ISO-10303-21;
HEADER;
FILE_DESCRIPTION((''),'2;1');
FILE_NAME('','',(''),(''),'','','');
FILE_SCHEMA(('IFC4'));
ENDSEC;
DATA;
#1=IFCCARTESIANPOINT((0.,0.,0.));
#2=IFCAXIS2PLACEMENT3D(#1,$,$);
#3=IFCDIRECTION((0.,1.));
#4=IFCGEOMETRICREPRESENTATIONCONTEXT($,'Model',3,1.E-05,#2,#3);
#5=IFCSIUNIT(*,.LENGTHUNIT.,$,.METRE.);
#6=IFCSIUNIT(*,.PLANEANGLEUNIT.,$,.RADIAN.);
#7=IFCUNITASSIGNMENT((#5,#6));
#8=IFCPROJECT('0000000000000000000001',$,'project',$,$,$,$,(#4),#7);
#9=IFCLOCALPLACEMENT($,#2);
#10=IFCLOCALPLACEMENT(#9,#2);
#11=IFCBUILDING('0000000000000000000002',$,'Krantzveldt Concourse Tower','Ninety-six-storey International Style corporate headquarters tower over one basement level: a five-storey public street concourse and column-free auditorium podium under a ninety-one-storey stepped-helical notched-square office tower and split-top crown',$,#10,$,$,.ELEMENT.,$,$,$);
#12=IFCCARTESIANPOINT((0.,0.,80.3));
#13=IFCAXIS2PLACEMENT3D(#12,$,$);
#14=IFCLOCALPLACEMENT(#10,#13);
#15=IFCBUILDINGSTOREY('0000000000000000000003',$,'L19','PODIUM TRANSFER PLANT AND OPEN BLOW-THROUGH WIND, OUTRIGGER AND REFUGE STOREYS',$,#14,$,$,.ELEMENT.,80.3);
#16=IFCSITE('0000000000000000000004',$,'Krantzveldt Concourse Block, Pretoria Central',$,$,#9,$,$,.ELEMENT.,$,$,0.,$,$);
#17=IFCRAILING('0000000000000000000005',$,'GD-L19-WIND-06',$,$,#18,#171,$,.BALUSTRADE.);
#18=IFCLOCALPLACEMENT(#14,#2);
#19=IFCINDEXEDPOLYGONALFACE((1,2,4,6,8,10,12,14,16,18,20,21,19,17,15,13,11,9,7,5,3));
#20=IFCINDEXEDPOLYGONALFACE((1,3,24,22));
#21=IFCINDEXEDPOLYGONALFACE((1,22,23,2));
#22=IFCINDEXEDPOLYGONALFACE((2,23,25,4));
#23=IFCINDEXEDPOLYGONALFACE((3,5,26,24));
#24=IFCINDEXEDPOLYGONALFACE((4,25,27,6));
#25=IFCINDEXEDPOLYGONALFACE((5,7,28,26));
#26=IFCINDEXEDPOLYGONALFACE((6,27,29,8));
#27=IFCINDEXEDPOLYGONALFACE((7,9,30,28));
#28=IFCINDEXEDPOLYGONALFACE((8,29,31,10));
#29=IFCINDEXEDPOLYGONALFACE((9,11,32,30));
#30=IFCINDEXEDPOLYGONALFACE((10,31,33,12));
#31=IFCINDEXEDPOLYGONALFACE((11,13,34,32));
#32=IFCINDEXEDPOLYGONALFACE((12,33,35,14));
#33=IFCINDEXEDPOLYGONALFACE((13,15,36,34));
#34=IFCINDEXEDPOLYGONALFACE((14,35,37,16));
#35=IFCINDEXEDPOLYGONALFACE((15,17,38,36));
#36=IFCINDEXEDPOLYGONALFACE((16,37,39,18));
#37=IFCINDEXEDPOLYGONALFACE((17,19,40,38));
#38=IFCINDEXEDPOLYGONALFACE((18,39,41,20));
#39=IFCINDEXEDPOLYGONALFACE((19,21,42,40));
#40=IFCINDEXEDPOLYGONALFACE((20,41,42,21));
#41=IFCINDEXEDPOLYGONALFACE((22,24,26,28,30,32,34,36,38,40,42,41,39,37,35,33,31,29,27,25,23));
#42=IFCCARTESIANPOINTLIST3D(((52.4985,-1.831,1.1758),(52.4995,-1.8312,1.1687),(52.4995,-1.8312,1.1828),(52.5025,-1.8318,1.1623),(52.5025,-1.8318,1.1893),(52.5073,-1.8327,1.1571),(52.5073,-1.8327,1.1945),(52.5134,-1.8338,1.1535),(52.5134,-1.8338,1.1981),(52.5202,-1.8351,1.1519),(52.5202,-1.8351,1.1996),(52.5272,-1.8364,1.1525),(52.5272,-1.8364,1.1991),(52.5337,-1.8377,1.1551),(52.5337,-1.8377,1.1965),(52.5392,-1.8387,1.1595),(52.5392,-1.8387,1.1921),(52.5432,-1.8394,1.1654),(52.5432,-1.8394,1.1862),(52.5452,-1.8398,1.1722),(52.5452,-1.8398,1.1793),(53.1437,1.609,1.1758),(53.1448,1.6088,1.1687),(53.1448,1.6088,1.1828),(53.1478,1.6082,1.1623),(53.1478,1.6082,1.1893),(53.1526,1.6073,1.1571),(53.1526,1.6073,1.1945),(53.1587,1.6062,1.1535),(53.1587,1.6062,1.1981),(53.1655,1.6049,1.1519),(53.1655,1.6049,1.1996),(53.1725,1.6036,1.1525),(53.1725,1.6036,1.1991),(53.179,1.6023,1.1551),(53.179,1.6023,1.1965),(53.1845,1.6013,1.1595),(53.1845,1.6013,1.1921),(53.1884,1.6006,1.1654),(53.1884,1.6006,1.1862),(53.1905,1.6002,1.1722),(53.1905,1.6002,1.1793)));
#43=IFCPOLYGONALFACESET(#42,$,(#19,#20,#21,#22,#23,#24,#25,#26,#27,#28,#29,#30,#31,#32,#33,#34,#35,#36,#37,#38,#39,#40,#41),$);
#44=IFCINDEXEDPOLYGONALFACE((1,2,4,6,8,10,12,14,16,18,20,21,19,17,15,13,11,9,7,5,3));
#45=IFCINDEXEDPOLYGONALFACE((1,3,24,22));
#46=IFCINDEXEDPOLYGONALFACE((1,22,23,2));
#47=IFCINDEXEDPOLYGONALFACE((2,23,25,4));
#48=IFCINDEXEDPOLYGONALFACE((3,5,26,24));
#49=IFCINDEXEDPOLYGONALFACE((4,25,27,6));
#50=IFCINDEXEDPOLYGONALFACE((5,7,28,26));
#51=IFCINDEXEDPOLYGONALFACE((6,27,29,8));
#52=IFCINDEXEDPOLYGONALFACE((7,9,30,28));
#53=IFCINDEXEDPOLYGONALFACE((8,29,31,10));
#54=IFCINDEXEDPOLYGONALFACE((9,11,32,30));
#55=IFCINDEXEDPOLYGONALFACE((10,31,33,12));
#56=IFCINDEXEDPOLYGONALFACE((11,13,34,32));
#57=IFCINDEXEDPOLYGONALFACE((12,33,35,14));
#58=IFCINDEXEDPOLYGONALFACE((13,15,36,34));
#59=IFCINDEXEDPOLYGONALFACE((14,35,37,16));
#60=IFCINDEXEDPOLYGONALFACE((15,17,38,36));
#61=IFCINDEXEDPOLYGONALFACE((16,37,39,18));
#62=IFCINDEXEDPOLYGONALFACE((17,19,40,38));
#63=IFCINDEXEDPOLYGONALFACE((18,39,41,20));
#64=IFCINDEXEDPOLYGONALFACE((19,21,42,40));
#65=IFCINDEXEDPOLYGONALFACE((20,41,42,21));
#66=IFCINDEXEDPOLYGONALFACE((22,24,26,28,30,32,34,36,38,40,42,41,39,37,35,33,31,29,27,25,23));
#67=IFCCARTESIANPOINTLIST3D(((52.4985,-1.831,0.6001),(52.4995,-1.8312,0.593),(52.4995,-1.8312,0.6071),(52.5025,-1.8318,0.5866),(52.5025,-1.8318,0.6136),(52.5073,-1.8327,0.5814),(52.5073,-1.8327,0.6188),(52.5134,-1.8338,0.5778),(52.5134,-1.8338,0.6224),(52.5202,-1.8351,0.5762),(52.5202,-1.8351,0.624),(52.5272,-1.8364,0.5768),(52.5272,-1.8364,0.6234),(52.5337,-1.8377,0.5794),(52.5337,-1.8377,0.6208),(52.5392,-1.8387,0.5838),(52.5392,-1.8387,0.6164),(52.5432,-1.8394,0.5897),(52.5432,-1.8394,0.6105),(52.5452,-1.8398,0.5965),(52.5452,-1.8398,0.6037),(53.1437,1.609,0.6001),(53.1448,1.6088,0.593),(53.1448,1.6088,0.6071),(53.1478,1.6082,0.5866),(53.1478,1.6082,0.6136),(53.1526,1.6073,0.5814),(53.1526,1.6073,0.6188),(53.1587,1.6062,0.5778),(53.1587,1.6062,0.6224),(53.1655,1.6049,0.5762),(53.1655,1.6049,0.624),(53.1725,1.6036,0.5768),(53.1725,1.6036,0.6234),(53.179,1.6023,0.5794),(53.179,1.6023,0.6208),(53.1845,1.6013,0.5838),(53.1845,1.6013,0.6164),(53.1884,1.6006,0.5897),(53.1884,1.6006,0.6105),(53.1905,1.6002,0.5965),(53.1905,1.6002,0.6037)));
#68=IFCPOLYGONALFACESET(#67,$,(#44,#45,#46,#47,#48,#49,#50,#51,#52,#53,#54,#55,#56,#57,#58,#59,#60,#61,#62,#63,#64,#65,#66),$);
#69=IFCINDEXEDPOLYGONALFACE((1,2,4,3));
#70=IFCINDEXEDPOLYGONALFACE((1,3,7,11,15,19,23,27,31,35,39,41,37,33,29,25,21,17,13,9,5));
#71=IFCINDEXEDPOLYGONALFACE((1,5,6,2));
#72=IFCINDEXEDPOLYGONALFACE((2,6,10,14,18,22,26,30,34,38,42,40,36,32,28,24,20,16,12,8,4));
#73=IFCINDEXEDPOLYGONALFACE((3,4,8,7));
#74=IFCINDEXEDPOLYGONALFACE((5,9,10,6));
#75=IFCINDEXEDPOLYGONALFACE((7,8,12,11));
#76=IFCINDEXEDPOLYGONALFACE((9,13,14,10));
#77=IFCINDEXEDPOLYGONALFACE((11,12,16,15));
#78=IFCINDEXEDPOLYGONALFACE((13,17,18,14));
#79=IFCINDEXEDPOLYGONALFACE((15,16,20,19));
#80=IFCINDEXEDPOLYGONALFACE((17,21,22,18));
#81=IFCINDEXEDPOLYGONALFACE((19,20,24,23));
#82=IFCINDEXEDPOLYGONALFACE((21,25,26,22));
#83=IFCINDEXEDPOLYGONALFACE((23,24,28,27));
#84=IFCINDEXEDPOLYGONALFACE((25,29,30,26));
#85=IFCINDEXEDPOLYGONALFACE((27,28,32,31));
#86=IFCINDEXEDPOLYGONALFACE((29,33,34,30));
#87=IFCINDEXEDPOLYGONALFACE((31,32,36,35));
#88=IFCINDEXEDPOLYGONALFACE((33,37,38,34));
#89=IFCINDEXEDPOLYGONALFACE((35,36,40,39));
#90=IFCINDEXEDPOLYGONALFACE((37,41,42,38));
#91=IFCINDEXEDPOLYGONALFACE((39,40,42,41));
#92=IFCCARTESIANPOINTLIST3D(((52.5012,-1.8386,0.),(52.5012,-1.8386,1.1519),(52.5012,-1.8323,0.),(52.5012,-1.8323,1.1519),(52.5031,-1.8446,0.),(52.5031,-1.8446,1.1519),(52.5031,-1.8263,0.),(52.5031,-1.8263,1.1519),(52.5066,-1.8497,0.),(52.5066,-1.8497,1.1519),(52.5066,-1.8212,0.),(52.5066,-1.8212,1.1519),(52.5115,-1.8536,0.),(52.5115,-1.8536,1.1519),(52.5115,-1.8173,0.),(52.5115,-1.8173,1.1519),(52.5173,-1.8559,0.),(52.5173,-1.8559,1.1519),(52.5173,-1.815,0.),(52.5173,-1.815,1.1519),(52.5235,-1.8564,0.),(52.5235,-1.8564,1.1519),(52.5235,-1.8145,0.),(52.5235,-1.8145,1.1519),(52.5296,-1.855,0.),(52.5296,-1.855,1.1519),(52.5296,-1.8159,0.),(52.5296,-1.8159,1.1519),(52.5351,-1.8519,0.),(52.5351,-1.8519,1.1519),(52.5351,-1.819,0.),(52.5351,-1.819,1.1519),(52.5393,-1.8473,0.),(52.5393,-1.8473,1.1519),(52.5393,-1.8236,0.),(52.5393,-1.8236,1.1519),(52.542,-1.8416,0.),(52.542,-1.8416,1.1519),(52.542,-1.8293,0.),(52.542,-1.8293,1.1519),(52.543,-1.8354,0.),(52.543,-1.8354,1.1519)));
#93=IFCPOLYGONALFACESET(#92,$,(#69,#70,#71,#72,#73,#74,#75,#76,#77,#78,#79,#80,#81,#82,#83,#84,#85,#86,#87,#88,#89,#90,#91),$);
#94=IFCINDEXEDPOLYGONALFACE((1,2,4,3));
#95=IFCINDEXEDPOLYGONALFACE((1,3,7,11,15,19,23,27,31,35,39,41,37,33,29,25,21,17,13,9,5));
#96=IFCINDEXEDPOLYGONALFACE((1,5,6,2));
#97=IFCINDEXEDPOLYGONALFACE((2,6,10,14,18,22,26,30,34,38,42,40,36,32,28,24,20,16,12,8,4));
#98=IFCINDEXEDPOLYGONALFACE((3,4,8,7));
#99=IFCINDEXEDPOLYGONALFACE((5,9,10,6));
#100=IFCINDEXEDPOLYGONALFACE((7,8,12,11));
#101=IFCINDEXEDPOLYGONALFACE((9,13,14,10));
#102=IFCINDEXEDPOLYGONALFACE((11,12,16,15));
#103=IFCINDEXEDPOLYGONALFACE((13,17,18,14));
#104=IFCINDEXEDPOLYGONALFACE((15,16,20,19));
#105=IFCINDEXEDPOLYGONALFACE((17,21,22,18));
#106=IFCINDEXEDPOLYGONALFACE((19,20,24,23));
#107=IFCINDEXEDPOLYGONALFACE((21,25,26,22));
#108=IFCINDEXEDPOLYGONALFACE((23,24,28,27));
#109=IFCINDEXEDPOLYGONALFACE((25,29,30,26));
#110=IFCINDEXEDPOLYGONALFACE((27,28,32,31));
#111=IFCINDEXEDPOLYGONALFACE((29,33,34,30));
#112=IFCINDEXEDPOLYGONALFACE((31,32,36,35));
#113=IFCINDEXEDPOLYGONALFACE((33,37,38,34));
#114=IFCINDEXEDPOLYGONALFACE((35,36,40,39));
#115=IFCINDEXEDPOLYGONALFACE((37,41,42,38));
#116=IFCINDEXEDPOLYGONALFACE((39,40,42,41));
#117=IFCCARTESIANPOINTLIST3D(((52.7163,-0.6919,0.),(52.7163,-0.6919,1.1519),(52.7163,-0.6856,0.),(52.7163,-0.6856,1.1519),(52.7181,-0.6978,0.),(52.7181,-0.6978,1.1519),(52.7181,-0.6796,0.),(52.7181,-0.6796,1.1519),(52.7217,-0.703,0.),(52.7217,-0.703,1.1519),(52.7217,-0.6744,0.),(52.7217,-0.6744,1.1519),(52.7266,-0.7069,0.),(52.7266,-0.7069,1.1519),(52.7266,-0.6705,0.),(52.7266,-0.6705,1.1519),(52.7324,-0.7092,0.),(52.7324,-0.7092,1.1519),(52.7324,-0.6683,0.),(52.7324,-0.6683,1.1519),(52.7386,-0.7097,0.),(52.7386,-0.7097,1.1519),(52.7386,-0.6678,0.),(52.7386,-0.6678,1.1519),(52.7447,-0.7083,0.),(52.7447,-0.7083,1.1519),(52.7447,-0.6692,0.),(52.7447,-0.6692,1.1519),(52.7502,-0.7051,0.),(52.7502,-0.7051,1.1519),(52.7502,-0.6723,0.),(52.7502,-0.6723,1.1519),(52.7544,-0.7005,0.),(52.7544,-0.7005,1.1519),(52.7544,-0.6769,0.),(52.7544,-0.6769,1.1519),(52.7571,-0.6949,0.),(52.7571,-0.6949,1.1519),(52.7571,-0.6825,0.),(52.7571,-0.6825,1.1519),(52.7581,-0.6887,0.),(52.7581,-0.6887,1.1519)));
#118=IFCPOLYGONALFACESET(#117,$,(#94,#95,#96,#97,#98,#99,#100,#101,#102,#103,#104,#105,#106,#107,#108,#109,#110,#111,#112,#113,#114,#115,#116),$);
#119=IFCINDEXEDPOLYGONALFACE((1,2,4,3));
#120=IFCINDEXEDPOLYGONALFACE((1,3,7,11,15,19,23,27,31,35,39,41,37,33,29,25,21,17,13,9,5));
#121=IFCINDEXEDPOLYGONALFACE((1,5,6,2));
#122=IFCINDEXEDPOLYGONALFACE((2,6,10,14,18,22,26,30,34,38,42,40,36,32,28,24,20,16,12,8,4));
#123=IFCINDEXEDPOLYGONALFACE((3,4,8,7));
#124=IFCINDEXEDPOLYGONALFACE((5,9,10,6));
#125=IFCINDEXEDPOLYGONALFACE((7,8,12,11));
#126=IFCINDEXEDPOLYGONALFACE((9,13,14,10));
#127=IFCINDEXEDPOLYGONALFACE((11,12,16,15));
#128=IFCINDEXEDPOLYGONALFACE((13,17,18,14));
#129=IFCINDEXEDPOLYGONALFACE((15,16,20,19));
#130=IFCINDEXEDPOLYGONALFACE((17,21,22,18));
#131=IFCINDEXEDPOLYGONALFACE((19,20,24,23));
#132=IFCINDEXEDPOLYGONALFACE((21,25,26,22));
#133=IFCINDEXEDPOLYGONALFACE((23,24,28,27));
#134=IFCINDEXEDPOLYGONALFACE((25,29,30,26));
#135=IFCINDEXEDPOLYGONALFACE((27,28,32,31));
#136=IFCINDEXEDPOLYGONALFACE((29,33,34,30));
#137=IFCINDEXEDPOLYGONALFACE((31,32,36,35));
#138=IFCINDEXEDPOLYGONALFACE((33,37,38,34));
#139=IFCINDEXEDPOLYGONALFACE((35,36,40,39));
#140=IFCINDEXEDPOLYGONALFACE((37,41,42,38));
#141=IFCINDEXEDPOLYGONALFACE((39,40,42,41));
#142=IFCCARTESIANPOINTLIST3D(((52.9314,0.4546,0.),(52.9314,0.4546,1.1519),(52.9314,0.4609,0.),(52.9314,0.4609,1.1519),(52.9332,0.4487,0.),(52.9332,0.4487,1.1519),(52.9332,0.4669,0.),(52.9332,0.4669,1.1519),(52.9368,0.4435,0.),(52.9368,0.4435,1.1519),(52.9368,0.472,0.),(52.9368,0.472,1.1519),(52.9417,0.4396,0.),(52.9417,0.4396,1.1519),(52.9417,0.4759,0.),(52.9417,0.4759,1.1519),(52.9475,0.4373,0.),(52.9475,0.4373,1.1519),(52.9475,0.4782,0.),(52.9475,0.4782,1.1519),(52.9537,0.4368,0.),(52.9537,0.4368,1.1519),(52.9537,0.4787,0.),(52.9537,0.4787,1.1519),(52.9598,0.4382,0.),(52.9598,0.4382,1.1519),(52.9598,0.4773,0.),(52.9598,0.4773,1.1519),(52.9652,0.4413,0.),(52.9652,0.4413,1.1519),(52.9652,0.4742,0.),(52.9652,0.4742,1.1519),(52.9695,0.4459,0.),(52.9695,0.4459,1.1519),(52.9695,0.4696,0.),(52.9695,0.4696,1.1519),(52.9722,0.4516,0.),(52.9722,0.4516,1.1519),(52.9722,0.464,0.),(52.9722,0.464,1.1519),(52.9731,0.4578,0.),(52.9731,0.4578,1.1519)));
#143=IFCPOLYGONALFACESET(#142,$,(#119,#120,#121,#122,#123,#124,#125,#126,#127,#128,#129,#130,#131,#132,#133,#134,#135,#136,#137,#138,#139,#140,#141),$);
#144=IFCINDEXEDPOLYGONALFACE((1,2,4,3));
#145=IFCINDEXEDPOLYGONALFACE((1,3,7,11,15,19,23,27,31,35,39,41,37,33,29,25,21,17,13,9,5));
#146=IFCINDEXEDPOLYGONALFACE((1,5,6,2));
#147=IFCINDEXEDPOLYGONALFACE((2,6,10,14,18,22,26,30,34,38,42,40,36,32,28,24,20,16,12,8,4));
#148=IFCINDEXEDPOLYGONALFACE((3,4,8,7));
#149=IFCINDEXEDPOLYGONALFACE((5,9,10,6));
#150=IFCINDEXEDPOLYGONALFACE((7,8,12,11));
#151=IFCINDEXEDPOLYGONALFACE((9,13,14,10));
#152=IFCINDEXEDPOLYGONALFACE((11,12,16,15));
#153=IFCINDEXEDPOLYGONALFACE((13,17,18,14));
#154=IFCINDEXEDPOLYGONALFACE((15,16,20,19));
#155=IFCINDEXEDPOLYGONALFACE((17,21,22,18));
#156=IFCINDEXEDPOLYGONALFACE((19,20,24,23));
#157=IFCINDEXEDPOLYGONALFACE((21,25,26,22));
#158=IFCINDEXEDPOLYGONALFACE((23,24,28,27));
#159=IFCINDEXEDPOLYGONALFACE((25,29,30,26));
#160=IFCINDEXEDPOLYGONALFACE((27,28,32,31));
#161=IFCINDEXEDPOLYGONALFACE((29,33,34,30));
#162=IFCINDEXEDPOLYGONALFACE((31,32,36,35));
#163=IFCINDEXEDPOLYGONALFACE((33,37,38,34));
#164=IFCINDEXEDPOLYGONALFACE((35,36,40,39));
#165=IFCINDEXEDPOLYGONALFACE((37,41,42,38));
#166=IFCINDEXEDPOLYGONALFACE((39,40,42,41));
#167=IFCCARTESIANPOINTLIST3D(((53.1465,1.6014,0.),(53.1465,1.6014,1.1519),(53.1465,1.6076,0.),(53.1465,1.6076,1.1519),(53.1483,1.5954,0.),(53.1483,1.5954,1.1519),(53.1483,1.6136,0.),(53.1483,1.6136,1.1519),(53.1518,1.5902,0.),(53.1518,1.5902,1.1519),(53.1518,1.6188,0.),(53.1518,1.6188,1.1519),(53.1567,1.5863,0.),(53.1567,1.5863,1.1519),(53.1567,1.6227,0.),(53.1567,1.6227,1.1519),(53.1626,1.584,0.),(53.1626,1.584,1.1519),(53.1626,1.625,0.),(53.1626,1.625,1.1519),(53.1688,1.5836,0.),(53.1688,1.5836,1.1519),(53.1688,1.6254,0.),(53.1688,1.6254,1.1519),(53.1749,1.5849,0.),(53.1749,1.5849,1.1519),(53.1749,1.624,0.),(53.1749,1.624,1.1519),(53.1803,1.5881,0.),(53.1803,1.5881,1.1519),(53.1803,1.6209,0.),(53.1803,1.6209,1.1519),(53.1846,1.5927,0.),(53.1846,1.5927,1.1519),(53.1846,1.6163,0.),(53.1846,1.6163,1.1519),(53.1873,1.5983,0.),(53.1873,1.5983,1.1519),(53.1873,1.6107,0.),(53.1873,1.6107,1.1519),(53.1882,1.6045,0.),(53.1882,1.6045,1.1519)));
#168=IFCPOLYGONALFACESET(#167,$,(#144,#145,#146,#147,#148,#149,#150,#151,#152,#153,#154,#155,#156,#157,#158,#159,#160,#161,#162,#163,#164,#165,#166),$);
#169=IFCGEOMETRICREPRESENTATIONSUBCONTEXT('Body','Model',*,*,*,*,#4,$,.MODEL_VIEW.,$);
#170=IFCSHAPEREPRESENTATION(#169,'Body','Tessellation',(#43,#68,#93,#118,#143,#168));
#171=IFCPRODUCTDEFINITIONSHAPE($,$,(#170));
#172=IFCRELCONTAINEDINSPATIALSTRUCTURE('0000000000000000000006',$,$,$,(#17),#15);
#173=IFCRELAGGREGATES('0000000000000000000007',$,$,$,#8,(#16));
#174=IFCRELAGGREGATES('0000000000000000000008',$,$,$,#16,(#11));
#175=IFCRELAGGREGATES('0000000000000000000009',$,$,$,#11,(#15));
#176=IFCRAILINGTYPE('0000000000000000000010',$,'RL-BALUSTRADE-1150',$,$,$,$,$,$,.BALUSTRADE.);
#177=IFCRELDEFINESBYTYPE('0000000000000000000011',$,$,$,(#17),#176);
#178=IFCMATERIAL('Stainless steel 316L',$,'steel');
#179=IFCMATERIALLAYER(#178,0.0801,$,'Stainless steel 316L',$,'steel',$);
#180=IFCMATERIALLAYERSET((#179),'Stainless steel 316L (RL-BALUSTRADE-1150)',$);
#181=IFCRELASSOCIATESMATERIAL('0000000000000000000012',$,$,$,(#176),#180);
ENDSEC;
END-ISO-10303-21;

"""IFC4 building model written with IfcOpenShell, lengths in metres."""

from ifc_helpers import new_model, si_unit, direction, frame, origin, origin_2d, place, context, subcontext, project, spatial, circle, extrude, material, layer, layer_set, type_object, element, save


model = new_model("IFC4")

# Units and contexts
model_context = context("Model", 3, precision=1e-05, world=origin(), true_north=direction((0.0, 1.0)))
body_context = subcontext(model_context, "Body", "Model", "MODEL_VIEW")
ifc_project = project(units=[si_unit("LENGTHUNIT", "METRE"), si_unit("PLANEANGLEUNIT", "RADIAN")], contexts=[model_context])

# Site, building, storey
site_placement = place(None, origin())
site = spatial("IfcSite", under=ifc_project, at=site_placement, Name="Krantzveldt Concourse Block, Pretoria Central", CompositionType="ELEMENT", RefElevation=0.0)
building_placement = place(site_placement, origin())
building = spatial("IfcBuilding", under=site, at=building_placement, Name="Krantzveldt Concourse Tower", Description="Ninety-six-storey International Style corporate headquarters tower over one basement level: a five-storey public street concourse and column-free auditorium podium under a ninety-one-storey stepped-helical notched-square office tower and split-top crown", CompositionType="ELEMENT")
storey_placement = place(building_placement, frame((0.0, 0.0, 80.3)))
storey = spatial("IfcBuildingStorey", under=building, at=storey_placement, Name="L19", Description="PODIUM TRANSFER PLANT AND OPEN BLOW-THROUGH WIND, OUTRIGGER AND REFUGE STOREYS", CompositionType="ELEMENT", Elevation=80.3)

# Shared definitions
ifc_material_1 = material(Name="Stainless steel 316L", Category="steel")

# Railing
ifc_layer_1 = layer(ifc_material_1, 0.0801, Name="Stainless steel 316L", Category="steel")
ifc_layer_set_1 = layer_set([ifc_layer_1], Name="Stainless steel 316L (RL-BALUSTRADE-1150)")
railing_type_1 = type_object("IfcRailingType", Name="RL-BALUSTRADE-1150", PredefinedType="BALUSTRADE", material=ifc_layer_set_1)
railing_1_placement = place(storey_placement, frame((52.522, -1.8354, 0.0)))
element("IfcRailing", 1, at=railing_1_placement, inside=storey, type_object=railing_type_1, Name="GD-L19-WIND-06", PredefinedType="BALUSTRADE", context=body_context, shape_type="SweptSolid", body=[
    extrude(circle(Radius=0.0239, at=origin_2d()), frame((0.0, 0.0, 1.1758), z_axis=(0.184364, 0.982858, 0.0), x_axis=(-0.982858, 0.184364, 0.0)), (0.0, 0.0, 1.0), 3.5),
    extrude(circle(Radius=0.0239, at=origin_2d()), frame((0.0, 0.0, 0.6001), z_axis=(0.184364, 0.982858, 0.0), x_axis=(-0.982858, 0.184364, 0.0)), (0.0, 0.0, 1.0), 3.5),
    extrude(circle(Radius=0.021, at=origin_2d()), origin(), (0.0, 0.0, 1.0), 1.1519),
    extrude(circle(Radius=0.021, at=origin_2d()), frame((0.2151, 1.1467, 0.0)), (0.0, 0.0, 1.0), 1.1519),
    extrude(circle(Radius=0.021, at=origin_2d()), frame((0.4302, 2.2932, 0.0)), (0.0, 0.0, 1.0), 1.1519),
    extrude(circle(Radius=0.021, at=origin_2d()), frame((0.6453, 3.4399, 0.0)), (0.0, 0.0, 1.0), 1.1519),
])

save(model, "model.ifc")
